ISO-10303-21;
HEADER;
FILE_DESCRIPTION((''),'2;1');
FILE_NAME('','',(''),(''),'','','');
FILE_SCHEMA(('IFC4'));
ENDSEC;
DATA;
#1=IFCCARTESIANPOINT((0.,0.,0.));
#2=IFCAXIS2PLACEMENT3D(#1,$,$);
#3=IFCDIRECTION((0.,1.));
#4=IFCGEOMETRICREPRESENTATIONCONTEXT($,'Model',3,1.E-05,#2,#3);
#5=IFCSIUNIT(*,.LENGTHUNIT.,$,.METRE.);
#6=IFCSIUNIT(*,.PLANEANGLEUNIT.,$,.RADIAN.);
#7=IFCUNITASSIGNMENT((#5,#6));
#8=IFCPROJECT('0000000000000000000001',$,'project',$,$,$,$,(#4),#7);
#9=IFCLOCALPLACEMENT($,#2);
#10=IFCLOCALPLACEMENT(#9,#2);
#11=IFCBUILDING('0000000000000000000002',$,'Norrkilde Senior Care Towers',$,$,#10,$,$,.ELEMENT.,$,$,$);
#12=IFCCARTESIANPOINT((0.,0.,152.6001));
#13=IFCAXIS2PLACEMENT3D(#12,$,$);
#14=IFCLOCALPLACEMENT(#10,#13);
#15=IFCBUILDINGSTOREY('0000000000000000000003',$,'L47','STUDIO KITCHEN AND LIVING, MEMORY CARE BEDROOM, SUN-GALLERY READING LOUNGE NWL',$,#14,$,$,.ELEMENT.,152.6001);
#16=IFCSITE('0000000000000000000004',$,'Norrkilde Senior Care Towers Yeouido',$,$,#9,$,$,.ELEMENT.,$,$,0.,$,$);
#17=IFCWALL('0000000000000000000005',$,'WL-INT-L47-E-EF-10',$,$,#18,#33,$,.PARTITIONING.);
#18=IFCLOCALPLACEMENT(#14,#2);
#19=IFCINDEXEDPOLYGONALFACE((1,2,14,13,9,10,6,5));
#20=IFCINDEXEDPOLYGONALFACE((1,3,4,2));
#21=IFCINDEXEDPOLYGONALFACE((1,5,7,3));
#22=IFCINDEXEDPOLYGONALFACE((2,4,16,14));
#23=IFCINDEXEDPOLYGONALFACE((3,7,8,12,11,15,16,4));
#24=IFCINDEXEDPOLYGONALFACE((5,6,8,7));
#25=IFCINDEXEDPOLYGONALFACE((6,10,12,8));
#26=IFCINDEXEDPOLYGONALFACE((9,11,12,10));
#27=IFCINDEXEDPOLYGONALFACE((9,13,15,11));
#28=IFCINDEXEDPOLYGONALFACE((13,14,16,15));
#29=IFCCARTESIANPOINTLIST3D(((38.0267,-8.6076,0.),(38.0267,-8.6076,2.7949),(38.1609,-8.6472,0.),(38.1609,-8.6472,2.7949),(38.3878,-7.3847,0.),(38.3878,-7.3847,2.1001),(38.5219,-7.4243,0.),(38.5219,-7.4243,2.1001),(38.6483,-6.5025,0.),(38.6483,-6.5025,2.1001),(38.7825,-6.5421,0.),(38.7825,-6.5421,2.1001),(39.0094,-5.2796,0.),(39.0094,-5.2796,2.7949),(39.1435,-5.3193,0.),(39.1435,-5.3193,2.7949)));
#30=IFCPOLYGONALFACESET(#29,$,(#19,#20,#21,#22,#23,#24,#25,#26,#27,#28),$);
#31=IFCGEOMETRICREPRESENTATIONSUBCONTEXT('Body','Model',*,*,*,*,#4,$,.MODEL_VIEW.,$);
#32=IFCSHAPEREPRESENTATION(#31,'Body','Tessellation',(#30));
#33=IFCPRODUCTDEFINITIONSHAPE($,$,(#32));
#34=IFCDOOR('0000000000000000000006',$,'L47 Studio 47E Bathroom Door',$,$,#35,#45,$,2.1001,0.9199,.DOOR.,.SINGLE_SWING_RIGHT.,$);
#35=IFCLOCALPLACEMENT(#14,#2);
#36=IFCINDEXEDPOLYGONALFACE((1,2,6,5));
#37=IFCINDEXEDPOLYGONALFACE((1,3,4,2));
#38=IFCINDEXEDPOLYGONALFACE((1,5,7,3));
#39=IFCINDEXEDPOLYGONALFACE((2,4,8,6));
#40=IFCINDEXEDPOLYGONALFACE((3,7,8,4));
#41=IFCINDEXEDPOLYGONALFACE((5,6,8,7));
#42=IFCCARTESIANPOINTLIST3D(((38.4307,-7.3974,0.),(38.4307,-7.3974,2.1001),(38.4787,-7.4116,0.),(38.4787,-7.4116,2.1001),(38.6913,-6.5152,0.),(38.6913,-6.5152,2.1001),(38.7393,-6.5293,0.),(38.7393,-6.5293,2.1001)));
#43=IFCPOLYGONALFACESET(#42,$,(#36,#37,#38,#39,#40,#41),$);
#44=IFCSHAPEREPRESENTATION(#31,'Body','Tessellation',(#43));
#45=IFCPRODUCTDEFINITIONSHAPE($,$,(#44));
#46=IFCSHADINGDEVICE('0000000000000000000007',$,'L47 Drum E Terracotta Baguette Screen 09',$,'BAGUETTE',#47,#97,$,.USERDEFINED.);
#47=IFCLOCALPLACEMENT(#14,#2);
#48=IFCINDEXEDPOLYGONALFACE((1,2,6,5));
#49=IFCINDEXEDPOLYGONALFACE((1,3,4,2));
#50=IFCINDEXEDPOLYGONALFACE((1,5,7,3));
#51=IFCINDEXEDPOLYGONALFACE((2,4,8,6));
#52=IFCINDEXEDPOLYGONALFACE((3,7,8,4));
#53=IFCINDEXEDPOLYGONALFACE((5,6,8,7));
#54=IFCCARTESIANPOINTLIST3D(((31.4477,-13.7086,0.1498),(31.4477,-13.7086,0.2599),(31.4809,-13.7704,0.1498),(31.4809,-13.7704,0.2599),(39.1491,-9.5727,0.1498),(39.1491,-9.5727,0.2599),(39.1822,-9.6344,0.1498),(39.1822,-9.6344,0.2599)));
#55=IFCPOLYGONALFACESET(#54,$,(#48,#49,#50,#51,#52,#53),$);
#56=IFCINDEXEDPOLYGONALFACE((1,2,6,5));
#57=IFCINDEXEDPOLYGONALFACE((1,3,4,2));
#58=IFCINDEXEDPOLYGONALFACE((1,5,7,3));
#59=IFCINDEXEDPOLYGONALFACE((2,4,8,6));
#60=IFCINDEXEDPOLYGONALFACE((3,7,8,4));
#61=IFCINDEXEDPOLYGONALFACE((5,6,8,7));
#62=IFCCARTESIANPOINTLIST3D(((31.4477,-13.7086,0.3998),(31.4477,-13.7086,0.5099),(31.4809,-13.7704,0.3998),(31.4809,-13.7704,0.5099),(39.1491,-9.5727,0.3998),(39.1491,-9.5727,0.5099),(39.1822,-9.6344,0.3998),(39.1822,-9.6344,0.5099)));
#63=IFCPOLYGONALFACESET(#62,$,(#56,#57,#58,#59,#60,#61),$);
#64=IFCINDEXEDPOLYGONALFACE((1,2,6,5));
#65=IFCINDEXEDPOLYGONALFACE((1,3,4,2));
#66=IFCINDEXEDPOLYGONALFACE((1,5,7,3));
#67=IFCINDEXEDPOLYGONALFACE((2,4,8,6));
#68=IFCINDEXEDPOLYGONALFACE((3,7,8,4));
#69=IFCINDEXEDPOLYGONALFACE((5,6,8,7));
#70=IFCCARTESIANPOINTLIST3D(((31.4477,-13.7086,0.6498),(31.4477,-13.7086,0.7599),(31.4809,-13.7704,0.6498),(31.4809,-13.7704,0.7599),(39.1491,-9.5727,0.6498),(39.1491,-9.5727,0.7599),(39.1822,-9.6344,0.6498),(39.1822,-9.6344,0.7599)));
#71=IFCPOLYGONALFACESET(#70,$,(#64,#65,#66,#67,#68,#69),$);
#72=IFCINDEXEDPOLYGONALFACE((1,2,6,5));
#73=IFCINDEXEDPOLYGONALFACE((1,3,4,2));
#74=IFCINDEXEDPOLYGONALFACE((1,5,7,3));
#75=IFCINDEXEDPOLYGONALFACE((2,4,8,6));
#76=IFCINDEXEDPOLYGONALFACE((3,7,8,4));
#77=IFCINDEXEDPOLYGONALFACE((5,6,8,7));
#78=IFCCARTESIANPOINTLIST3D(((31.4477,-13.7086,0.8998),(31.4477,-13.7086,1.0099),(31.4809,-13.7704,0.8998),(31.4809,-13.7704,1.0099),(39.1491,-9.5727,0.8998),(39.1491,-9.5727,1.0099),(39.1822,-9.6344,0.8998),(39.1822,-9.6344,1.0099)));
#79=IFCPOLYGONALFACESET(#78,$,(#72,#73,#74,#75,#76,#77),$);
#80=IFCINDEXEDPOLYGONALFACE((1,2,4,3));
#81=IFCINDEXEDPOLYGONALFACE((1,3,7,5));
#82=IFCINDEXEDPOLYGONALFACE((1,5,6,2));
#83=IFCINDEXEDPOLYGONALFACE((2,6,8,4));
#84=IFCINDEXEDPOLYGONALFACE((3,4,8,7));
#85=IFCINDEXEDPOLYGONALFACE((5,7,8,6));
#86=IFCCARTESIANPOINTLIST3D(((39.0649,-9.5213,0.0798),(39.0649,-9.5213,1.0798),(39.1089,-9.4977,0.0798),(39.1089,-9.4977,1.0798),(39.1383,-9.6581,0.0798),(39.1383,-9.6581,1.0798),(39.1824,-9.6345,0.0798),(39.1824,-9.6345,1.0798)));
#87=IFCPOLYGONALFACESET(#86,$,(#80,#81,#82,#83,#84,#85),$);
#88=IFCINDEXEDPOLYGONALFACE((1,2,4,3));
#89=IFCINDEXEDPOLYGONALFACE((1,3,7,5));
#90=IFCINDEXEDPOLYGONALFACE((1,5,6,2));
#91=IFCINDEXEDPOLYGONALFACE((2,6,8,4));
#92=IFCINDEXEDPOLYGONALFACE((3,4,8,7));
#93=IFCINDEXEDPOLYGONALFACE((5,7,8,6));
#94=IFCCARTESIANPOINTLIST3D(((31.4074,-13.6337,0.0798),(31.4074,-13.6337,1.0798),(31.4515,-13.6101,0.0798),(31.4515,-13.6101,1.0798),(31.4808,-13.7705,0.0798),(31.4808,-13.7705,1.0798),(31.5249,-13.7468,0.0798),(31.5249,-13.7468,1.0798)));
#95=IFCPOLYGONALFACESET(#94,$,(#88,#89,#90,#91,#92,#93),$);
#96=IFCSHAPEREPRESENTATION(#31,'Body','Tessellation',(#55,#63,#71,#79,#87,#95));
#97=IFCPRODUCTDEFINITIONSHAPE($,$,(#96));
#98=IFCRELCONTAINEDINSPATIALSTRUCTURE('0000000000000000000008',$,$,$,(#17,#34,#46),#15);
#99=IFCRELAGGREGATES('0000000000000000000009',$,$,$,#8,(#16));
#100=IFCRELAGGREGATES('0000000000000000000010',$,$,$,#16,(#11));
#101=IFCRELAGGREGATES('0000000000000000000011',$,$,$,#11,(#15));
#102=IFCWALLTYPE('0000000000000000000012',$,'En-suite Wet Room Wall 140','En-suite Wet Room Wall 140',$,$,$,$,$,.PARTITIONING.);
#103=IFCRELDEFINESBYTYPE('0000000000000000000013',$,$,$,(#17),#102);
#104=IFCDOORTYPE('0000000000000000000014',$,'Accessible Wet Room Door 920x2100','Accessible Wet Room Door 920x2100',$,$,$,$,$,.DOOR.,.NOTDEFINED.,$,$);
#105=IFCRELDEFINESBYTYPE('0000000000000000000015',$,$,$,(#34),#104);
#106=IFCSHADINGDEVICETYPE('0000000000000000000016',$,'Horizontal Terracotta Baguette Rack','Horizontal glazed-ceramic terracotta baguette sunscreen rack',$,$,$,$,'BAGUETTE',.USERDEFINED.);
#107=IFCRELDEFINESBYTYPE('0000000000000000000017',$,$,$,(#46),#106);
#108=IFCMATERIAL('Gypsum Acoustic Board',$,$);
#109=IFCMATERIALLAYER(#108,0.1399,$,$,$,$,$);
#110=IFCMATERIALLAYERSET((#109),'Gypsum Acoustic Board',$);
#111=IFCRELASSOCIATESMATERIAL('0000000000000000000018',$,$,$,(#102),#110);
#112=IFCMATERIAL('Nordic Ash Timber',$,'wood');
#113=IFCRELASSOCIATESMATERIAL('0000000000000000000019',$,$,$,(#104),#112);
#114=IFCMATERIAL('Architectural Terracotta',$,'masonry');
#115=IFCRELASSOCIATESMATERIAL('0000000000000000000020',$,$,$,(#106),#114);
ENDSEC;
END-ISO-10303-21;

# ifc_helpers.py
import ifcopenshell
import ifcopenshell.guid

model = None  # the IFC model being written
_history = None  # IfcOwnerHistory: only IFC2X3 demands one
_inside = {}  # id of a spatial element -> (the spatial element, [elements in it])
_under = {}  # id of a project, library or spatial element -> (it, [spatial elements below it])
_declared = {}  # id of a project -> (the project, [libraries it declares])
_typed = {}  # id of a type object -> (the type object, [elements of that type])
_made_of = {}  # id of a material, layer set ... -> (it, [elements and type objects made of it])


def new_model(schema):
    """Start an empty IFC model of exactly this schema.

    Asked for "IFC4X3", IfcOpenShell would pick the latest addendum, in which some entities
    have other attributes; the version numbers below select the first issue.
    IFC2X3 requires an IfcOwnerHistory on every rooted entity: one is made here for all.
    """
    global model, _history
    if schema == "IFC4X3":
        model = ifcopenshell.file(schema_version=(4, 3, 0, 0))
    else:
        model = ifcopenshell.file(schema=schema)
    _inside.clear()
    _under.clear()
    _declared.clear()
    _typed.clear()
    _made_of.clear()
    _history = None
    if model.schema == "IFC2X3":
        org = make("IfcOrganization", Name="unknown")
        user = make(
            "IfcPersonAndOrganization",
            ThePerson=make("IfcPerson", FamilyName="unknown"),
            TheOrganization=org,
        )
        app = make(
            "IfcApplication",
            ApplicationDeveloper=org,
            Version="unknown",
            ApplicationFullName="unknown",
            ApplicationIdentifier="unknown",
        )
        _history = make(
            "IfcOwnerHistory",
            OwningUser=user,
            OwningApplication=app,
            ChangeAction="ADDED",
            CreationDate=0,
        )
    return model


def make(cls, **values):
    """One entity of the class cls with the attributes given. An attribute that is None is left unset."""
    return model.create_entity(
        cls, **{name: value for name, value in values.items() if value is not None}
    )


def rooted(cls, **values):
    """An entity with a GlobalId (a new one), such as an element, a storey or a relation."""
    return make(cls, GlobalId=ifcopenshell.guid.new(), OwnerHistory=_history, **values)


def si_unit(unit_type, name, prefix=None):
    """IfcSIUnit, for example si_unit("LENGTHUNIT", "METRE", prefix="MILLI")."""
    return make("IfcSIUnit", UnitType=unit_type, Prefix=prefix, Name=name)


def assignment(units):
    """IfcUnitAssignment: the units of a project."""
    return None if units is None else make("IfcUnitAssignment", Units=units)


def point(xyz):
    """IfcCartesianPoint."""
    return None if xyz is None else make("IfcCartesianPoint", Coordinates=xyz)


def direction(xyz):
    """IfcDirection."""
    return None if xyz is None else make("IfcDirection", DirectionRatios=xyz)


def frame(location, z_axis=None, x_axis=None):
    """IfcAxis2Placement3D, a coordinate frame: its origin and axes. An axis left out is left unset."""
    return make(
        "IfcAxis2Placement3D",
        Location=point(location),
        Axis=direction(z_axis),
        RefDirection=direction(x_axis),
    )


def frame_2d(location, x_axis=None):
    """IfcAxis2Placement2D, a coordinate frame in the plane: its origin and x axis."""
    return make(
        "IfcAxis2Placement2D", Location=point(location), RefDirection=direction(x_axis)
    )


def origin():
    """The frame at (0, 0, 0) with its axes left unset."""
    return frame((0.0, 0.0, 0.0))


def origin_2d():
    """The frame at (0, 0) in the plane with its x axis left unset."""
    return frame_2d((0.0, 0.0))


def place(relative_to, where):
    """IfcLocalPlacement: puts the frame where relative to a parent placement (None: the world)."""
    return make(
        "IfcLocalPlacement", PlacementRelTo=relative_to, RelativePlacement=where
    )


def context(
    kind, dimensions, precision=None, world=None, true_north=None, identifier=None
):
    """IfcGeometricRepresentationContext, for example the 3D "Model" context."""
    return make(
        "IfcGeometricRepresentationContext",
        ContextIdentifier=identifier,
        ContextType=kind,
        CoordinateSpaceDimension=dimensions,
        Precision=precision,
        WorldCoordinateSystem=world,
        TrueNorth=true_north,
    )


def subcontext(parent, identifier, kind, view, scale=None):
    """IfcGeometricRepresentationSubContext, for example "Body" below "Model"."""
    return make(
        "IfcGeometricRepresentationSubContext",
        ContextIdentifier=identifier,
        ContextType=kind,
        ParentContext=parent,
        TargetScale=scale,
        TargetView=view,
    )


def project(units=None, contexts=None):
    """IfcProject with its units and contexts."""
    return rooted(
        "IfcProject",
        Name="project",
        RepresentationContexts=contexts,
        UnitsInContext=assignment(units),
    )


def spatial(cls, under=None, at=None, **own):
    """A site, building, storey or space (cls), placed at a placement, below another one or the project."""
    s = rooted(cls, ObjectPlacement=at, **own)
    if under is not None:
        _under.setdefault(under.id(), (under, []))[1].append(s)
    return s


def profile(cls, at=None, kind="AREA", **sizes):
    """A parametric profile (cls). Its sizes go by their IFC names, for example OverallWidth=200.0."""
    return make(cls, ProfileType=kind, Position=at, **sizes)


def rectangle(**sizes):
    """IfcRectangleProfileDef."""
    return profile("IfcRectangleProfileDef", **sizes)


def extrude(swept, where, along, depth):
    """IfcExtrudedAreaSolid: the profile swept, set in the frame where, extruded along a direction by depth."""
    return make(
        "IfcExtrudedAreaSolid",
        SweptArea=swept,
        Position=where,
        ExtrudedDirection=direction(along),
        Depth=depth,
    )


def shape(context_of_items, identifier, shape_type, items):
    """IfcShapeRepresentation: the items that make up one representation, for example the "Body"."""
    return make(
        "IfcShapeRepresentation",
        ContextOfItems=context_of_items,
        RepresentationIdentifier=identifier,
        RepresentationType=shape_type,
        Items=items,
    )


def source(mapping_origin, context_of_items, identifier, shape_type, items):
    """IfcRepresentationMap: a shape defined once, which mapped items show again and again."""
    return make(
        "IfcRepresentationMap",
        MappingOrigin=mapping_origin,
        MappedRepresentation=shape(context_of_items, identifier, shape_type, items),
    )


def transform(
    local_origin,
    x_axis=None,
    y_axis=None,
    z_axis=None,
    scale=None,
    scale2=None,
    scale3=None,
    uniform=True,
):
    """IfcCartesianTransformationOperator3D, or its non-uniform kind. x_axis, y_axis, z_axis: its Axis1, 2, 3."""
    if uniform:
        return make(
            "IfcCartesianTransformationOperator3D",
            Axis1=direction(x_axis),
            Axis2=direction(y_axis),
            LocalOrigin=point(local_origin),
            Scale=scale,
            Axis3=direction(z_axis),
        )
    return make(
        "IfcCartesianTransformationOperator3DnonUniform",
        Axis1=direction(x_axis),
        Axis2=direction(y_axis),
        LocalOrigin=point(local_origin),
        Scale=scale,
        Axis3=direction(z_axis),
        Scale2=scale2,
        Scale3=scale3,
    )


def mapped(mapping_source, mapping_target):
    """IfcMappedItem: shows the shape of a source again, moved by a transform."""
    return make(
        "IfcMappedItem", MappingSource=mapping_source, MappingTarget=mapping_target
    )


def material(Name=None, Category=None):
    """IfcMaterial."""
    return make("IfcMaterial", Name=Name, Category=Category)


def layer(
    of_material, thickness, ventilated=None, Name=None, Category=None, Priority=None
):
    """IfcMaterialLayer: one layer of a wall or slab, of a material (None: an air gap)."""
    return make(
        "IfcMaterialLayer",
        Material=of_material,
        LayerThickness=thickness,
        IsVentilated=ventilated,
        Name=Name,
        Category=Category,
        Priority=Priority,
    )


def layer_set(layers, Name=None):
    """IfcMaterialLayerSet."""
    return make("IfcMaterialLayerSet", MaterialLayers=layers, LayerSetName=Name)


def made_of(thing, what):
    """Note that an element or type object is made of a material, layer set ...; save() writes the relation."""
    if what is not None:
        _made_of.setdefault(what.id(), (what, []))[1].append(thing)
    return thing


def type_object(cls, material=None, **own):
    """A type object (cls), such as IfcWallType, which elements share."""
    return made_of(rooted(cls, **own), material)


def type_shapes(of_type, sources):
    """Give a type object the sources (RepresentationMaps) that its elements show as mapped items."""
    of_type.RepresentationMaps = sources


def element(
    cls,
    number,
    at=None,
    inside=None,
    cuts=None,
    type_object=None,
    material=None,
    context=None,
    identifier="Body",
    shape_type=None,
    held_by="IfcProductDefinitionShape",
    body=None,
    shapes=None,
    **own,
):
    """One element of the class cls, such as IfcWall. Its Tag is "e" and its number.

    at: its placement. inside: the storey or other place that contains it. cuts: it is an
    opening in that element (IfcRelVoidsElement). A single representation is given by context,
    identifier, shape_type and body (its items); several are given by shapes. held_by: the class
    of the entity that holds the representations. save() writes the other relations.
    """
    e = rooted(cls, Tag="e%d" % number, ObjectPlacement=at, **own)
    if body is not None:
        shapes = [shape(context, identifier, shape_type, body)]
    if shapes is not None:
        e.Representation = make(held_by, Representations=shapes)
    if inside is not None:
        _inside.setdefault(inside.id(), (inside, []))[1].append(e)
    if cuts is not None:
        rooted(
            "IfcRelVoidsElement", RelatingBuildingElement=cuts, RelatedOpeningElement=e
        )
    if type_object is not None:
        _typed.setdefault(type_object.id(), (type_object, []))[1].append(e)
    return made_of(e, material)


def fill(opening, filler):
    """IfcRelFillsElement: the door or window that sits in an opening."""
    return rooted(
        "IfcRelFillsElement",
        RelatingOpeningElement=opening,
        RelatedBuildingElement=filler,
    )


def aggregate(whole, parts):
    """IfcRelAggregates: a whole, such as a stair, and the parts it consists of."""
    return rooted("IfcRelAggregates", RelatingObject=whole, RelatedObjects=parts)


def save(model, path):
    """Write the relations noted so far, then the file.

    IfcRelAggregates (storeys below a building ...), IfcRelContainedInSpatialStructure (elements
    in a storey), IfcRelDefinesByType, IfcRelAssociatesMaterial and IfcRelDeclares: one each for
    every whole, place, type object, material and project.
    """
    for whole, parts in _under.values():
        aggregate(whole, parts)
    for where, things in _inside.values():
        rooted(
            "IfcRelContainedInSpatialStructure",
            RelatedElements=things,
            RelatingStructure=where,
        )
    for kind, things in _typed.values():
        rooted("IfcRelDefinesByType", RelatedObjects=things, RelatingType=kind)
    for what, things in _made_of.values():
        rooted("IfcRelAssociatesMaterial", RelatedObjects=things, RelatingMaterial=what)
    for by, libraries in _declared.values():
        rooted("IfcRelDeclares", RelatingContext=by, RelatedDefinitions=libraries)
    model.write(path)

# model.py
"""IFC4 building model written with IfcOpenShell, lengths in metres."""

from ifc_helpers import new_model, si_unit, direction, frame, frame_2d, origin, origin_2d, place, context, subcontext, project, spatial, rectangle, extrude, source, transform, mapped, material, layer, layer_set, type_object, type_shapes, element, fill, save


model = new_model("IFC4")

# Units and contexts
model_context = context("Model", 3, precision=1e-05, world=origin(), true_north=direction((0.0, 1.0)))
body_context = subcontext(model_context, "Body", "Model", "MODEL_VIEW")
ifc_project = project(units=[si_unit("LENGTHUNIT", "METRE"), si_unit("PLANEANGLEUNIT", "RADIAN")], contexts=[model_context])

# Site, building, storey
site_placement = place(None, origin())
site = spatial("IfcSite", under=ifc_project, at=site_placement, Name="Norrkilde Senior Care Towers Yeouido", CompositionType="ELEMENT", RefElevation=0.0)
building_placement = place(site_placement, origin())
building = spatial("IfcBuilding", under=site, at=building_placement, Name="Norrkilde Senior Care Towers", CompositionType="ELEMENT")
storey_placement = place(building_placement, frame((0.0, 0.0, 152.6001)))
storey = spatial("IfcBuildingStorey", under=building, at=storey_placement, Name="L47", Description="STUDIO KITCHEN AND LIVING, MEMORY CARE BEDROOM, SUN-GALLERY READING LOUNGE NWL", CompositionType="ELEMENT", Elevation=152.6001)

# Shared definitions
ifc_material_1 = material(Name="Gypsum Acoustic Board")
ifc_material_2 = material(Name="Nordic Ash Timber", Category="wood")

# Shared definitions
ifc_layer_1 = layer(ifc_material_1, 0.1399)
ifc_layer_set_1 = layer_set([ifc_layer_1], Name="Gypsum Acoustic Board")
wall_type_1 = type_object("IfcWallType", Name="En-suite Wet Room Wall 140", Description="En-suite Wet Room Wall 140", PredefinedType="PARTITIONING", material=ifc_layer_set_1)

# Wall, opening, door
shared_shape_1 = source(origin(), body_context, "Body", "SweptSolid", [
    extrude(rectangle(XDim=3.47, YDim=0.1399, at=frame_2d((1.7349, 0.0))), origin(), (0.0, 0.0, 1.0), 2.7949),
])
wall_1_placement = place(storey_placement, frame((39.0764, -5.2996, 0.0), z_axis=(0.0, 0.0, 1.0), x_axis=(-0.283195, -0.959062, 0.0)))
wall_1 = element("IfcWall", 1, at=wall_1_placement, inside=storey, type_object=wall_type_1, Name="WL-INT-L47-E-EF-10", PredefinedType="PARTITIONING", context=body_context, shape_type="MappedRepresentation", body=[
    mapped(shared_shape_1, transform((0.0, 0.0, 0.0), x_axis=(1.0, 0.0, 0.0), y_axis=(0.0, 1.0, 0.0), z_axis=(0.0, 0.0, 1.0), scale=1.0)),
])
opening_1_placement = place(wall_1_placement, frame((1.2749, 0.0, 0.0)))
opening_1 = element("IfcOpeningElement", 2, at=opening_1_placement, cuts=wall_1, PredefinedType="OPENING", context=body_context, shape_type="SweptSolid", body=[
    extrude(rectangle(XDim=0.9199, YDim=2.1001, at=frame_2d((0.46, 1.05))), frame((0.0, 0.0798, 0.0), z_axis=(0.0, -1.0, 0.0), x_axis=(1.0, 0.0, 0.0)), (0.0, 0.0, 1.0), 0.1599),
])
door_type_1 = type_object("IfcDoorType", Name="Accessible Wet Room Door 920x2100", Description="Accessible Wet Room Door 920x2100", OperationType="NOTDEFINED", PredefinedType="DOOR", material=ifc_material_2)
shared_shape_2 = source(origin(), body_context, "Body", "SweptSolid", [
    extrude(rectangle(XDim=0.9199, YDim=2.1001, at=frame_2d((0.46, 1.05))), frame((0.0, 0.0249, 0.0), z_axis=(0.0, -1.0, 0.0), x_axis=(1.0, 0.0, 0.0)), (0.0, 0.0, 1.0), 0.05),
])
type_shapes(door_type_1, [shared_shape_2])
door_1_placement = place(opening_1_placement, origin())
door_1 = element("IfcDoor", 3, at=door_1_placement, inside=storey, type_object=door_type_1, Name="L47 Studio 47E Bathroom Door", OperationType="SINGLE_SWING_RIGHT", OverallHeight=2.1001, OverallWidth=0.9199, PredefinedType="DOOR", context=body_context, shape_type="MappedRepresentation", body=[
    mapped(shared_shape_2, transform((0.0, 0.0, 0.0), x_axis=(1.0, 0.0, 0.0), y_axis=(0.0, 1.0, 0.0), z_axis=(0.0, 0.0, 1.0), scale=1.0)),
])
fill(opening_1, door_1)

# Shading device
ifc_material_3 = material(Name="Architectural Terracotta", Category="masonry")
shading_device_type = type_object("IfcShadingDeviceType", Name="Horizontal Terracotta Baguette Rack", Description="Horizontal glazed-ceramic terracotta baguette sunscreen rack", ElementType="BAGUETTE", PredefinedType="USERDEFINED", material=ifc_material_3)
shared_shape_3 = source(origin(), body_context, "Body", "SweptSolid", [
    extrude(rectangle(XDim=0.0701, YDim=0.1101, at=origin_2d()), frame((0.0, 0.0901, 0.125), z_axis=(1.0, 0.0, 0.0), x_axis=(0.0, 1.0, 0.0)), (0.0, 0.0, 1.0), 8.7417),
    extrude(rectangle(XDim=0.0701, YDim=0.1101, at=origin_2d()), frame((0.0, 0.0901, 0.375), z_axis=(1.0, 0.0, 0.0), x_axis=(0.0, 1.0, 0.0)), (0.0, 0.0, 1.0), 8.7417),
    extrude(rectangle(XDim=0.0701, YDim=0.1101, at=origin_2d()), frame((0.0, 0.0901, 0.625), z_axis=(1.0, 0.0, 0.0), x_axis=(0.0, 1.0, 0.0)), (0.0, 0.0, 1.0), 8.7417),
    extrude(rectangle(XDim=0.0701, YDim=0.1101, at=origin_2d()), frame((0.0, 0.0901, 0.875), z_axis=(1.0, 0.0, 0.0), x_axis=(0.0, 1.0, 0.0)), (0.0, 0.0, 1.0), 8.7417),
    extrude(rectangle(XDim=0.05, YDim=0.1553, at=origin_2d()), frame((0.0249, 0.0476, 0.0)), (0.0, 0.0, 1.0), 1.0),
    extrude(rectangle(XDim=0.05, YDim=0.1553, at=origin_2d()), frame((8.7168, 0.0476, 0.0)), (0.0, 0.0, 1.0), 1.0),
])
type_shapes(shading_device_type, [shared_shape_3])
shading_device_placement = place(storey_placement, frame((39.123, -9.5242, 0.0798), z_axis=(0.0, 0.0, 1.0), x_axis=(-0.880998, -0.473133, 0.0)))
element("IfcShadingDevice", 4, at=shading_device_placement, inside=storey, type_object=shading_device_type, Name="L47 Drum E Terracotta Baguette Screen 09", ObjectType="BAGUETTE", PredefinedType="USERDEFINED", context=body_context, shape_type="MappedRepresentation", body=[
    mapped(shared_shape_3, transform((0.0, 0.0, 0.0), x_axis=(1.0, 0.0, 0.0), y_axis=(0.0, 1.0, 0.0), z_axis=(0.0, 0.0, 1.0), scale=1.0)),
])

save(model, "model.ifc")
